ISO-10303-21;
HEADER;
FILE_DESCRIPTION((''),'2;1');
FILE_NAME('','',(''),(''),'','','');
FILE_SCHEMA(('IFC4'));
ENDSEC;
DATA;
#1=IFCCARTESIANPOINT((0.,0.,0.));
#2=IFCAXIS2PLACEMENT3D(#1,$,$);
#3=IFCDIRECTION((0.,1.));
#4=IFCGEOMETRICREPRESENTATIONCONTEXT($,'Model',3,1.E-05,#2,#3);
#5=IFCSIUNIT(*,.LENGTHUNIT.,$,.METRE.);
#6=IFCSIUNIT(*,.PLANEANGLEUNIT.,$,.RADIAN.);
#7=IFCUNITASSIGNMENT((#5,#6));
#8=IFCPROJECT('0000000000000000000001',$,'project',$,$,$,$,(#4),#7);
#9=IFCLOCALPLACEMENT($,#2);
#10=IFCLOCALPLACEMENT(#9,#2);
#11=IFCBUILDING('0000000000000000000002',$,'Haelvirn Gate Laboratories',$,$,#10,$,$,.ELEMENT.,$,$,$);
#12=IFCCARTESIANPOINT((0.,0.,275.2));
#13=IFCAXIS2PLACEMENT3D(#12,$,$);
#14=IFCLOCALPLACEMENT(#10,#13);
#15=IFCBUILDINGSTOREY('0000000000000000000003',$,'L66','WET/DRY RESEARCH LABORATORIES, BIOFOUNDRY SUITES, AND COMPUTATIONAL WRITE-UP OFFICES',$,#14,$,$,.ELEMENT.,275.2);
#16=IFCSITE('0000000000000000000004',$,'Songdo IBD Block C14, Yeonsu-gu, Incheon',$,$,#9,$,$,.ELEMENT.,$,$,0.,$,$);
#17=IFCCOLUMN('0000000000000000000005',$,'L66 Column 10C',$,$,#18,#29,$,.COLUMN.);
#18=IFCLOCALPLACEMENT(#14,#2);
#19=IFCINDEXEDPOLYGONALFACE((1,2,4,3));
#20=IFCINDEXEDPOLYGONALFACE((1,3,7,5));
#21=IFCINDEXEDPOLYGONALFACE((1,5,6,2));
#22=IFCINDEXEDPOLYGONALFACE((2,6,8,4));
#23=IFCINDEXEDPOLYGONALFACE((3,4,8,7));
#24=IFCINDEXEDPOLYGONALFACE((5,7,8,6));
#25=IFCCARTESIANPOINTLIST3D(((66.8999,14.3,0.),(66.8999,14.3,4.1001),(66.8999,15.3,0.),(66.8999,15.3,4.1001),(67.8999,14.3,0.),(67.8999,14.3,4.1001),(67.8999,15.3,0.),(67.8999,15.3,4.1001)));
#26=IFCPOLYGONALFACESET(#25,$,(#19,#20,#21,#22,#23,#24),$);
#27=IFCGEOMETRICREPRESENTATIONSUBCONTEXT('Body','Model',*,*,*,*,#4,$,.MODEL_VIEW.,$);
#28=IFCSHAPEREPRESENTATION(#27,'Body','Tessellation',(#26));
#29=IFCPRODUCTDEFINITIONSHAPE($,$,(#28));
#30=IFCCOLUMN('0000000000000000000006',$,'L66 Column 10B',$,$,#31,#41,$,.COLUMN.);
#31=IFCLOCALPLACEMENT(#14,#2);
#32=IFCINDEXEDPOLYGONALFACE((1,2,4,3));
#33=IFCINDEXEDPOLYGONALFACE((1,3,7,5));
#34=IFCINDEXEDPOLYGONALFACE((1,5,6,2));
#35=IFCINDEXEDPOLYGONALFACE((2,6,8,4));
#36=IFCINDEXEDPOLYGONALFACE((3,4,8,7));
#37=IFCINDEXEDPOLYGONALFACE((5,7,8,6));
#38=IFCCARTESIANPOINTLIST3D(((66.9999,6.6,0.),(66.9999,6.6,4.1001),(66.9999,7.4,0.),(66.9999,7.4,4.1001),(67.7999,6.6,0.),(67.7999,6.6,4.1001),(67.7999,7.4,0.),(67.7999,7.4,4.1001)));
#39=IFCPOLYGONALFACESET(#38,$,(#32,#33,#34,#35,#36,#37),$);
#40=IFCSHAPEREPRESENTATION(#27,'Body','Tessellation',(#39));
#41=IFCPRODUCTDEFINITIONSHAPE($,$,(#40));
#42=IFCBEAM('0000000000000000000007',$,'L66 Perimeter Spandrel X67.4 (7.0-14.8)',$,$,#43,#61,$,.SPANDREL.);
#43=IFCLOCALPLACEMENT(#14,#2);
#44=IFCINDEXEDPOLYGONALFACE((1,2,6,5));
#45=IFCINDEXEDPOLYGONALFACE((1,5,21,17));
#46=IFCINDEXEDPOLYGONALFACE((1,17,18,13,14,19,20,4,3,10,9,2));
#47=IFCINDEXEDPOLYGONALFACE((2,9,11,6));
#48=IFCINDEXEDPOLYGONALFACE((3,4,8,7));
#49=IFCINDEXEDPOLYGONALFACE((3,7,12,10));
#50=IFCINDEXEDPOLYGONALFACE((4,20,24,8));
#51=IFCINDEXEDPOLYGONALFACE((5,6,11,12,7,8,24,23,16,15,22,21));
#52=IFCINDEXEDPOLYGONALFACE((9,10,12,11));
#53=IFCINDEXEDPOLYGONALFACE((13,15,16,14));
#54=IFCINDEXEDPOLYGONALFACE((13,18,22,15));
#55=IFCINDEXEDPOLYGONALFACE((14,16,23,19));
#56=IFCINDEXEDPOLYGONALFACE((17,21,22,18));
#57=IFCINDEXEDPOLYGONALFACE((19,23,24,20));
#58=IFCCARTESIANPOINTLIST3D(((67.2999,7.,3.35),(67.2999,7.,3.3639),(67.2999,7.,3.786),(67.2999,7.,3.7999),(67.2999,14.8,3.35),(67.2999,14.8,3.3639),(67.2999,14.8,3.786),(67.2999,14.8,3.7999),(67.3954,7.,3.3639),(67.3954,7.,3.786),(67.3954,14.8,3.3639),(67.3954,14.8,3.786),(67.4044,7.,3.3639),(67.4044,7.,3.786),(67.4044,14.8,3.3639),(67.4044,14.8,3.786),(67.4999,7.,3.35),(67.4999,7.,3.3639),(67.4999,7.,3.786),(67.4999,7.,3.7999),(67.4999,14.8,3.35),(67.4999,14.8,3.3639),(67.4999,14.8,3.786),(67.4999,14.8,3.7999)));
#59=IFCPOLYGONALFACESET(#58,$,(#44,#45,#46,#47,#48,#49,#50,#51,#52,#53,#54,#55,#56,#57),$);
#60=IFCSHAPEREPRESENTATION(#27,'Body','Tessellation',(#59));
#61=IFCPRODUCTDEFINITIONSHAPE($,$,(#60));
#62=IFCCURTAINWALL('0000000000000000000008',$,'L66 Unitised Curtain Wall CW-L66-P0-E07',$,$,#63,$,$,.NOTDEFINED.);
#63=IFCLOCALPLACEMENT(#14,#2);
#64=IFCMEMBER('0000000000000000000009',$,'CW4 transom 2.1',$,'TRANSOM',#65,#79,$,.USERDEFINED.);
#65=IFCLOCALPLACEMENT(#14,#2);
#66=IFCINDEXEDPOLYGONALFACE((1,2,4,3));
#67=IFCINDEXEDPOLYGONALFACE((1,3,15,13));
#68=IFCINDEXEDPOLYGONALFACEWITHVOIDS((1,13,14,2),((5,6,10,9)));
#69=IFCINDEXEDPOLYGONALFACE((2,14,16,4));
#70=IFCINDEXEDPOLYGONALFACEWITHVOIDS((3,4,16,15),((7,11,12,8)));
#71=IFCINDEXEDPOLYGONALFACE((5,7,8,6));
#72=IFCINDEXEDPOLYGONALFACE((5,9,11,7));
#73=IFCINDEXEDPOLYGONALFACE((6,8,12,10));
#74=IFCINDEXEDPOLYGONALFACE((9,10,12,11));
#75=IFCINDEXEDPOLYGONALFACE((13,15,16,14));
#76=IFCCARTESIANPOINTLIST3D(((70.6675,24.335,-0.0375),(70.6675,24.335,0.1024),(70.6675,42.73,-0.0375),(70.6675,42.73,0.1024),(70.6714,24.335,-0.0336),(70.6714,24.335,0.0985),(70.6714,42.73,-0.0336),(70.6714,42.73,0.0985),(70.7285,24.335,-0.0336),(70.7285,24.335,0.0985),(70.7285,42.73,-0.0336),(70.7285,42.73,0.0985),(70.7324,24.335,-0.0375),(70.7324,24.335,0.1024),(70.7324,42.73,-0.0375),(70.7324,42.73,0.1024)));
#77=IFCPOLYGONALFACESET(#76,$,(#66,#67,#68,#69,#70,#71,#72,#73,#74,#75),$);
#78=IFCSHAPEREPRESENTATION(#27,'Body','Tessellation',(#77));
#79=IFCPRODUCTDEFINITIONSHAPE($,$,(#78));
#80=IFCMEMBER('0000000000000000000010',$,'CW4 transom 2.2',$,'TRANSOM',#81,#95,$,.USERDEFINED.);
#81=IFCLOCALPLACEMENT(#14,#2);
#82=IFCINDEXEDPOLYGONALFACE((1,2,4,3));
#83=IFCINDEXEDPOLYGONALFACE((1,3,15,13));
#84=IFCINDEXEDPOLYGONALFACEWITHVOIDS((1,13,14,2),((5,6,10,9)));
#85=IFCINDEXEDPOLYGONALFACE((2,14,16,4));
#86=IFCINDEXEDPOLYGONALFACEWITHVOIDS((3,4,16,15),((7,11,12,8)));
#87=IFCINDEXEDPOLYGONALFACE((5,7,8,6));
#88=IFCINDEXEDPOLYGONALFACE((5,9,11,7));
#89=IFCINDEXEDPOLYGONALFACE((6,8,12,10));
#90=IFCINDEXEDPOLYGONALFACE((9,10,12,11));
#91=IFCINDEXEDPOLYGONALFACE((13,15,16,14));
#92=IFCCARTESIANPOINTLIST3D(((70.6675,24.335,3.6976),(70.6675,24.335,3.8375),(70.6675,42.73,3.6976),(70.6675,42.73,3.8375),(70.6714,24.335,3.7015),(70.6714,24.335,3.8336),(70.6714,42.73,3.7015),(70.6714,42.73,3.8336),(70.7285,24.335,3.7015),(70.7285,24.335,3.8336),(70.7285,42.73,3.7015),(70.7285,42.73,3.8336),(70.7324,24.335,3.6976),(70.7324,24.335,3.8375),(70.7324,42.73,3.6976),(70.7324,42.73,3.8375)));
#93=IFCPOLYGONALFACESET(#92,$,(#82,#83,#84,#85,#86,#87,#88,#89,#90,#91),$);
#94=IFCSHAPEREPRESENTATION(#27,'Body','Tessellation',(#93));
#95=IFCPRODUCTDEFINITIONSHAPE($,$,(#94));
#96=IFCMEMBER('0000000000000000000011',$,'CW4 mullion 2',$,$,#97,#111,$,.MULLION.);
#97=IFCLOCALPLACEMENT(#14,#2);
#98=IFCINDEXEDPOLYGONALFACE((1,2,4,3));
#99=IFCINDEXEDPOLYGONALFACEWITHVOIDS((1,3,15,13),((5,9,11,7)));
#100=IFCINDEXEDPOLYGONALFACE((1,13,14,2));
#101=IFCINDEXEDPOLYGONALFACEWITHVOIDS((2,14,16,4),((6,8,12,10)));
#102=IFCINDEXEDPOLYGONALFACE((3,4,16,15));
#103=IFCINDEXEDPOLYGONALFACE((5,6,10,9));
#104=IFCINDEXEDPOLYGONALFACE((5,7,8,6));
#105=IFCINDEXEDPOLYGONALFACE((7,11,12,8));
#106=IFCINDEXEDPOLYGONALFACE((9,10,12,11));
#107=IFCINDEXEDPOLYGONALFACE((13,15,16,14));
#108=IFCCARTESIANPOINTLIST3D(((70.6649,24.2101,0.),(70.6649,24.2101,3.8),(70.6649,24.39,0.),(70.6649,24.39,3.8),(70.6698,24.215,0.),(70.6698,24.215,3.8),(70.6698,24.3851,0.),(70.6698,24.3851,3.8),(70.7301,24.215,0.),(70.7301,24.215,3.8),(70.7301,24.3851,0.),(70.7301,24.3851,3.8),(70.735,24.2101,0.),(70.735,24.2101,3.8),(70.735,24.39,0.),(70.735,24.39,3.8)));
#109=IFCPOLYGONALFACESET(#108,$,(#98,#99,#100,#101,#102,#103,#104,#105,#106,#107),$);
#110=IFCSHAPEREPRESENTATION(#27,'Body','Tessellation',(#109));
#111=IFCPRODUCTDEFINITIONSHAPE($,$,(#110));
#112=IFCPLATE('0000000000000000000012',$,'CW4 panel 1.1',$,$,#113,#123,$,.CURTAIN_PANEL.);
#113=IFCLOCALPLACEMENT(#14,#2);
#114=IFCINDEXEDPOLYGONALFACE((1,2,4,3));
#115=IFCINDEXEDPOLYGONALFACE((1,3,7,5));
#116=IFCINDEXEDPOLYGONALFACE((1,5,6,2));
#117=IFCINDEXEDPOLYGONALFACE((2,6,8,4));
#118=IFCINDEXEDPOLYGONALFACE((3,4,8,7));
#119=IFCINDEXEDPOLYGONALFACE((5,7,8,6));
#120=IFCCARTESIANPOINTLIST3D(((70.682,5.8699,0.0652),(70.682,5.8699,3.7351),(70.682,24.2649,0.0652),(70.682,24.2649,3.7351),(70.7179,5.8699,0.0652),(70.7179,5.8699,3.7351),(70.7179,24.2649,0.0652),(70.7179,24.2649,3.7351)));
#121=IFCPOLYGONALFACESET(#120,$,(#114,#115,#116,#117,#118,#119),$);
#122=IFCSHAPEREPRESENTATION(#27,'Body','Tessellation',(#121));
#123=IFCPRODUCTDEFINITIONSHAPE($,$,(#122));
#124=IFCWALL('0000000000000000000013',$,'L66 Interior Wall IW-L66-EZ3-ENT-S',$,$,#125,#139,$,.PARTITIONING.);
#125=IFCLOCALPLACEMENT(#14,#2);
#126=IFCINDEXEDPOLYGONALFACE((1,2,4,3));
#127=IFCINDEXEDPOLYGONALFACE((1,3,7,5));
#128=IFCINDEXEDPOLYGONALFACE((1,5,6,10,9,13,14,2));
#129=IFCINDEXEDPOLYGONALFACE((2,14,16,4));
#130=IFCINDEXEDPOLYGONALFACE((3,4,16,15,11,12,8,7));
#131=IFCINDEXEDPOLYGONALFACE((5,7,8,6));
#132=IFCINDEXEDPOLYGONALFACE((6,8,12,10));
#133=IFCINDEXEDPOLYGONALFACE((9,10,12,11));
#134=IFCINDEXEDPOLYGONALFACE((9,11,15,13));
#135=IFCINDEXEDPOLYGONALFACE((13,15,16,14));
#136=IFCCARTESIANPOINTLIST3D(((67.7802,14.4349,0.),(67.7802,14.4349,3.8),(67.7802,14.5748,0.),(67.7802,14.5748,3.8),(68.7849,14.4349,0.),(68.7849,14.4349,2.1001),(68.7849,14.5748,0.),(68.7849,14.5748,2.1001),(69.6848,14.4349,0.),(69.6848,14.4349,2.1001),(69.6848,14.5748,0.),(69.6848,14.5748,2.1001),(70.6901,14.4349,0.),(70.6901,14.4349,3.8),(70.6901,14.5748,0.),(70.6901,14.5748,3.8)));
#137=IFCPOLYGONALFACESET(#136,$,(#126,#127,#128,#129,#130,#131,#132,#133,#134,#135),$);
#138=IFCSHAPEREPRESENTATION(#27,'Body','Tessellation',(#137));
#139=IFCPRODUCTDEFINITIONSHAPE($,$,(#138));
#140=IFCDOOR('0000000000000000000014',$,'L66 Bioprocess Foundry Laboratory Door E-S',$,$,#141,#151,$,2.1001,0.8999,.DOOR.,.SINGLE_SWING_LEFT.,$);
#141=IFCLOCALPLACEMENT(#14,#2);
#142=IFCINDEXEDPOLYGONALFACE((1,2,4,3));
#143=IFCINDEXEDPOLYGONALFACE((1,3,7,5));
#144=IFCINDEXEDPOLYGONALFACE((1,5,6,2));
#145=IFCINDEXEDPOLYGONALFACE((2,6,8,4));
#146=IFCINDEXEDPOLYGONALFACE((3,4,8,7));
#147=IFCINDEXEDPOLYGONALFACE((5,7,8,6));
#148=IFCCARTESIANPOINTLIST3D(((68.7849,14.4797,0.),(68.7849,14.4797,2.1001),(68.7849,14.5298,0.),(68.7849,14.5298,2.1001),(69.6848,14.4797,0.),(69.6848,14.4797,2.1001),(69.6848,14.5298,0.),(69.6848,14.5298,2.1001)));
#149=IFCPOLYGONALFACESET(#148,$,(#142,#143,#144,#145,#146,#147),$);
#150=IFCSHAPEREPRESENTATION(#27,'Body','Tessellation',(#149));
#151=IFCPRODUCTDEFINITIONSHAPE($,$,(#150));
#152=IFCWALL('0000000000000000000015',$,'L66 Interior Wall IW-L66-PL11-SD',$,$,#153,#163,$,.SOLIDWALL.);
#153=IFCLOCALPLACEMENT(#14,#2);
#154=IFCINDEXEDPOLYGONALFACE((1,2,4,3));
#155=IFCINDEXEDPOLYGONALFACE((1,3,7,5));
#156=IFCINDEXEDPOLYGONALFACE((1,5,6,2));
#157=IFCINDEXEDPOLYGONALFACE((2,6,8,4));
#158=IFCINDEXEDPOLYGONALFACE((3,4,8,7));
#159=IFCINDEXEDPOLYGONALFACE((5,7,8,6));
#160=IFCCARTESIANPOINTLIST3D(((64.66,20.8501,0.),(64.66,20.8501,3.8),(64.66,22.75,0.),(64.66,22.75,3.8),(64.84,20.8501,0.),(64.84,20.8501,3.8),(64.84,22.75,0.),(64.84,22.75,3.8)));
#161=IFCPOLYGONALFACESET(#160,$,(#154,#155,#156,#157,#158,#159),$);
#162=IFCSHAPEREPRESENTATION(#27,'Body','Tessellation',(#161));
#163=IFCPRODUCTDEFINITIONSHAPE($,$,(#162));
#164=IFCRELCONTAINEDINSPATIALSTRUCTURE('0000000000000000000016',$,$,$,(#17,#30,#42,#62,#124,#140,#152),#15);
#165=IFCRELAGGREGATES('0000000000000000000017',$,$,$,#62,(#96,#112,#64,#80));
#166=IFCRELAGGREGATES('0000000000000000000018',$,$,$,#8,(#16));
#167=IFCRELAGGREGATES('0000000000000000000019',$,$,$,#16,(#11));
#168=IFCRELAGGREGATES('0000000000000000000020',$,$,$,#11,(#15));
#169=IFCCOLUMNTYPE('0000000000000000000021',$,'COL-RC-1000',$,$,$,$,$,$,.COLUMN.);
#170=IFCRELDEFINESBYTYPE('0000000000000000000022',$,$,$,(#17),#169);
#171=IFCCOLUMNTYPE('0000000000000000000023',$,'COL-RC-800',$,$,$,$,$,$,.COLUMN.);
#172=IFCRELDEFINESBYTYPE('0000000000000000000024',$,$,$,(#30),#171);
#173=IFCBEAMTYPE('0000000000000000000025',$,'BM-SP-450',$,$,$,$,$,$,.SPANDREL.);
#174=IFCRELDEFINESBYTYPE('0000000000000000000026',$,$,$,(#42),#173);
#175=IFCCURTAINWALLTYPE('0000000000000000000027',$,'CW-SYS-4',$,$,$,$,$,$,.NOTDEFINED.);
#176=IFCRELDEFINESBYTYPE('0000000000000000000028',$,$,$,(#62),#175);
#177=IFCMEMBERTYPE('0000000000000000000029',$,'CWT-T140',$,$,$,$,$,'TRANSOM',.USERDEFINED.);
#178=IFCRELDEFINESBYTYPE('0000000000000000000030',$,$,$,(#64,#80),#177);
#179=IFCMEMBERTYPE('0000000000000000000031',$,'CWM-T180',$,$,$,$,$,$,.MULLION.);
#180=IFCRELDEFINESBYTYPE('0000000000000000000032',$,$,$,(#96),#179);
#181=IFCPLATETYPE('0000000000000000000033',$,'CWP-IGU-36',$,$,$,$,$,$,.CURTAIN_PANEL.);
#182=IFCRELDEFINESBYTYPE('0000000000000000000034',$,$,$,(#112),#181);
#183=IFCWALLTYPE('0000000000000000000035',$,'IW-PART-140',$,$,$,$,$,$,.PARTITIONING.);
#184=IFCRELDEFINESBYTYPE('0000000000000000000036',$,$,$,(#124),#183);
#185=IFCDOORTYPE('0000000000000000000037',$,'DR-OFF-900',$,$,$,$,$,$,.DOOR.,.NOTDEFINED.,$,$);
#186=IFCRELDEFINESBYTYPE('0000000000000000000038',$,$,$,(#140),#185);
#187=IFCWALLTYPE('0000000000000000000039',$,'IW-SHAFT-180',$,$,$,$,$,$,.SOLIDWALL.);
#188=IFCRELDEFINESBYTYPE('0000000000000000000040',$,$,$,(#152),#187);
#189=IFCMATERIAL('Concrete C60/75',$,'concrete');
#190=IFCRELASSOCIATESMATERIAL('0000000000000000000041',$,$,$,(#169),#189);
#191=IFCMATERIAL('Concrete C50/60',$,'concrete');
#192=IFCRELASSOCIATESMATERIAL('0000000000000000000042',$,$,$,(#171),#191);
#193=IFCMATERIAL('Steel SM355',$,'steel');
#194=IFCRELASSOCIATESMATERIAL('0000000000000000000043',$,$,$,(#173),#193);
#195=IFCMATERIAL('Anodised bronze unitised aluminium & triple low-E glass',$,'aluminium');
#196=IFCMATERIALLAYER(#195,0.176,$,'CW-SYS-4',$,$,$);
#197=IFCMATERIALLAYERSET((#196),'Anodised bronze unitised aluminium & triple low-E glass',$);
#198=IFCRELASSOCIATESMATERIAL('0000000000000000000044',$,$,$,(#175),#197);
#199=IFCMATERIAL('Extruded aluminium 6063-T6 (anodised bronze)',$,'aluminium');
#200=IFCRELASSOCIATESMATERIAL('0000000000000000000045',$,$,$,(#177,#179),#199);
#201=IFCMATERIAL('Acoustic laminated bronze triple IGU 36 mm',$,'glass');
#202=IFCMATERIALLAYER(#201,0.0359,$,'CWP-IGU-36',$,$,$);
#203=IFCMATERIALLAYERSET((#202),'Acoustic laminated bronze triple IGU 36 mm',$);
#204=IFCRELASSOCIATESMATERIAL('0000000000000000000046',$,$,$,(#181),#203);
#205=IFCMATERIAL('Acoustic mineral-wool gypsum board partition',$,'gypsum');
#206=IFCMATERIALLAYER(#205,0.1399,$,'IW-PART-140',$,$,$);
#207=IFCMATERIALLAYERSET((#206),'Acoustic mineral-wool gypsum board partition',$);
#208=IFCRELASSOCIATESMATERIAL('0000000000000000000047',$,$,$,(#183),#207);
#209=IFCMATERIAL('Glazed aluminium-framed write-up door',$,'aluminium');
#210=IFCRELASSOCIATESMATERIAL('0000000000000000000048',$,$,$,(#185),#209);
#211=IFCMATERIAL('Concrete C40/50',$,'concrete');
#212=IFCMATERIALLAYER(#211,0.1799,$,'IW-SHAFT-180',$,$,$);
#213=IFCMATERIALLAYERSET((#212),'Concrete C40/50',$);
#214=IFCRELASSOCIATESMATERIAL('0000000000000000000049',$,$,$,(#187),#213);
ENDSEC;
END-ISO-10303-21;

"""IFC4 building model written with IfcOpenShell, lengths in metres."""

from ifc_helpers import new_model, si_unit, direction, frame, frame_2d, origin, origin_2d, place, context, subcontext, project, spatial, rectangle, hollow_rectangle, i_section, extrude, source, transform, mapped, material, layer, layer_set, material_profile, profile_set, type_object, type_shapes, element, fill, aggregate, save


model = new_model("IFC4")

# Units and contexts
model_context = context("Model", 3, precision=1e-05, world=origin(), true_north=direction((0.0, 1.0)))
body_context = subcontext(model_context, "Body", "Model", "MODEL_VIEW")
ifc_project = project(units=[si_unit("LENGTHUNIT", "METRE"), si_unit("PLANEANGLEUNIT", "RADIAN")], contexts=[model_context])

# Site, building, storey
site_placement = place(None, origin())
site = spatial("IfcSite", under=ifc_project, at=site_placement, Name="Songdo IBD Block C14, Yeonsu-gu, Incheon", CompositionType="ELEMENT", RefElevation=0.0)
building_placement = place(site_placement, origin())
building = spatial("IfcBuilding", under=site, at=building_placement, Name="Haelvirn Gate Laboratories", CompositionType="ELEMENT")
storey_placement = place(building_placement, frame((0.0, 0.0, 275.2)))
storey = spatial("IfcBuildingStorey", under=building, at=storey_placement, Name="L66", Description="WET/DRY RESEARCH LABORATORIES, BIOFOUNDRY SUITES, AND COMPUTATIONAL WRITE-UP OFFICES", CompositionType="ELEMENT", Elevation=275.2)

# Columns
ifc_material_1 = material(Name="Concrete C60/75", Category="concrete")
ifc_material_profile_1 = material_profile(ifc_material_1, rectangle(XDim=1.0, YDim=1.0, at=origin_2d()), Name="RC-1000x1000")
ifc_profile_set_1 = profile_set([ifc_material_profile_1], Name="Concrete C60/75")
column_type_1 = type_object("IfcColumnType", Name="COL-RC-1000", PredefinedType="COLUMN", material=ifc_profile_set_1)
shared_shape_1 = source(origin(), body_context, "Body", "SweptSolid", [
    extrude(rectangle(XDim=1.0, YDim=1.0, at=origin_2d()), origin(), (0.0, 0.0, 1.0), 4.1001),
])
type_shapes(column_type_1, [shared_shape_1])
column_1_placement = place(storey_placement, frame((67.3999, 14.8, 0.0), z_axis=(0.0, 0.0, 1.0), x_axis=(1.0, 0.0, 0.0)))
element("IfcColumn", 1, at=column_1_placement, inside=storey, type_object=column_type_1, Name="L66 Column 10C", PredefinedType="COLUMN", context=body_context, shape_type="MappedRepresentation", body=[
    mapped(shared_shape_1, transform((0.0, 0.0, 0.0), scale=1.0)),
])
ifc_material_2 = material(Name="Concrete C50/60", Category="concrete")
ifc_material_profile_2 = material_profile(ifc_material_2, rectangle(XDim=0.8, YDim=0.8, at=origin_2d()), Name="RC-800x800")
ifc_profile_set_2 = profile_set([ifc_material_profile_2], Name="Concrete C50/60")
column_type_2 = type_object("IfcColumnType", Name="COL-RC-800", PredefinedType="COLUMN", material=ifc_profile_set_2)
shared_shape_2 = source(origin(), body_context, "Body", "SweptSolid", [
    extrude(rectangle(XDim=0.8, YDim=0.8, at=origin_2d()), origin(), (0.0, 0.0, 1.0), 4.1001),
])
type_shapes(column_type_2, [shared_shape_2])
column_2_placement = place(storey_placement, frame((67.3999, 7.0, 0.0), z_axis=(0.0, 0.0, 1.0), x_axis=(1.0, 0.0, 0.0)))
element("IfcColumn", 2, at=column_2_placement, inside=storey, type_object=column_type_2, Name="L66 Column 10B", PredefinedType="COLUMN", context=body_context, shape_type="MappedRepresentation", body=[
    mapped(shared_shape_2, transform((0.0, 0.0, 0.0), scale=1.0)),
])

# Beam
ifc_material_3 = material(Name="Steel SM355", Category="steel")
ifc_material_profile_3 = material_profile(ifc_material_3, i_section(OverallWidth=0.2, OverallDepth=0.45, WebThickness=0.009, FlangeThickness=0.0139, at=origin_2d()), Name="H-450x200x9x14")
ifc_profile_set_3 = profile_set([ifc_material_profile_3], Name="Steel SM355")
beam_type = type_object("IfcBeamType", Name="BM-SP-450", PredefinedType="SPANDREL", material=ifc_profile_set_3)
shared_shape_3 = source(origin(), body_context, "Body", "SweptSolid", [
    extrude(i_section(OverallWidth=0.2, OverallDepth=0.45, WebThickness=0.009, FlangeThickness=0.0139, at=origin_2d()), origin(), (0.0, 0.0, 1.0), 7.8),
])
type_shapes(beam_type, [shared_shape_3])
beam_placement = place(storey_placement, frame((67.3999, 7.0, 3.575), z_axis=(0.0, 1.0, 0.0), x_axis=(-1.0, 0.0, 0.0)))
element("IfcBeam", 3, at=beam_placement, inside=storey, type_object=beam_type, Name="L66 Perimeter Spandrel X67.4 (7.0-14.8)", PredefinedType="SPANDREL", context=body_context, shape_type="MappedRepresentation", body=[
    mapped(shared_shape_3, transform((0.0, 0.0, 0.0), scale=1.0)),
])

# Curtain wall, members, plate
ifc_material_4 = material(Name="Anodised bronze unitised aluminium & triple low-E glass", Category="aluminium")
ifc_layer_1 = layer(ifc_material_4, 0.176, Name="CW-SYS-4")
ifc_layer_set_1 = layer_set([ifc_layer_1], Name="Anodised bronze unitised aluminium & triple low-E glass")
curtain_wall_type = type_object("IfcCurtainWallType", Name="CW-SYS-4", PredefinedType="NOTDEFINED", material=ifc_layer_set_1)
curtain_wall_placement = place(storey_placement, origin())
curtain_wall = element("IfcCurtainWall", 4, at=curtain_wall_placement, inside=storey, type_object=curtain_wall_type, Name="L66 Unitised Curtain Wall CW-L66-P0-E07", PredefinedType="NOTDEFINED")
ifc_material_5 = material(Name="Extruded aluminium 6063-T6 (anodised bronze)", Category="aluminium")
ifc_material_profile_4 = material_profile(ifc_material_5, hollow_rectangle(XDim=0.0649, YDim=0.1399, WallThickness=0.0039, at=origin_2d()), Name="CWT-140x65x4")
ifc_profile_set_4 = profile_set([ifc_material_profile_4], Name="Extruded aluminium 6063-T6 (anodised bronze)")
member_type_1 = type_object("IfcMemberType", Name="CWT-T140", ElementType="TRANSOM", PredefinedType="USERDEFINED", material=ifc_profile_set_4)
shared_shape_4 = source(origin(), body_context, "Body", "SweptSolid", [
    extrude(hollow_rectangle(XDim=0.0649, YDim=0.1399, WallThickness=0.0039, at=origin_2d()), origin(), (0.0, 0.0, 1.0), 18.395),
])
type_shapes(member_type_1, [shared_shape_4])
member_1_placement = place(storey_placement, frame((70.7, 24.335, 0.0325), z_axis=(0.0, 1.0, 0.0), x_axis=(-1.0, 0.0, 0.0)))
member_1 = element("IfcMember", 5, at=member_1_placement, type_object=member_type_1, Name="CW4 transom 2.1", ObjectType="TRANSOM", PredefinedType="USERDEFINED", context=body_context, shape_type="MappedRepresentation", body=[
    mapped(shared_shape_4, transform((0.0, 0.0, 0.0), scale=1.0)),
])
member_2_placement = place(storey_placement, frame((70.7, 24.335, 3.7676), z_axis=(0.0, 1.0, 0.0), x_axis=(-1.0, 0.0, 0.0)))
member_2 = element("IfcMember", 6, at=member_2_placement, type_object=member_type_1, Name="CW4 transom 2.2", ObjectType="TRANSOM", PredefinedType="USERDEFINED", context=body_context, shape_type="MappedRepresentation", body=[
    mapped(shared_shape_4, transform((0.0, 0.0, 0.0), scale=1.0)),
])
ifc_material_profile_5 = material_profile(ifc_material_5, hollow_rectangle(XDim=0.0701, YDim=0.1799, WallThickness=0.0049, at=origin_2d()), Name="CWM-180x70x5")
ifc_profile_set_5 = profile_set([ifc_material_profile_5], Name="Extruded aluminium 6063-T6 (anodised bronze)")
member_type_2 = type_object("IfcMemberType", Name="CWM-T180", PredefinedType="MULLION", material=ifc_profile_set_5)
shared_shape_5 = source(origin(), body_context, "Body", "SweptSolid", [
    extrude(hollow_rectangle(XDim=0.0701, YDim=0.1799, WallThickness=0.0049, at=origin_2d()), origin(), (0.0, 0.0, 1.0), 3.8),
])
type_shapes(member_type_2, [shared_shape_5])
member_3_placement = place(storey_placement, frame((70.7, 24.3, 0.0), z_axis=(0.0, 0.0, 1.0), x_axis=(-1.0, 0.0, 0.0)))
member_3 = element("IfcMember", 7, at=member_3_placement, type_object=member_type_2, Name="CW4 mullion 2", PredefinedType="MULLION", context=body_context, shape_type="MappedRepresentation", body=[
    mapped(shared_shape_5, transform((0.0, 0.0, 0.0), scale=1.0)),
])
ifc_material_6 = material(Name="Acoustic laminated bronze triple IGU 36 mm", Category="glass")
ifc_layer_2 = layer(ifc_material_6, 0.0359, Name="CWP-IGU-36")
ifc_layer_set_2 = layer_set([ifc_layer_2], Name="Acoustic laminated bronze triple IGU 36 mm")
plate_type = type_object("IfcPlateType", Name="CWP-IGU-36", PredefinedType="CURTAIN_PANEL", material=ifc_layer_set_2)
shared_shape_6 = source(origin(), body_context, "Body", "SweptSolid", [
    extrude(rectangle(XDim=18.395, YDim=0.0359, at=origin_2d()), origin(), (0.0, 0.0, 1.0), 3.6699),
])
type_shapes(plate_type, [shared_shape_6])
plate_placement = place(storey_placement, frame((70.7, 15.0674, 0.0652), z_axis=(0.0, 0.0, 1.0), x_axis=(0.0, 1.0, 0.0)))
plate = element("IfcPlate", 8, at=plate_placement, type_object=plate_type, Name="CW4 panel 1.1", PredefinedType="CURTAIN_PANEL", context=body_context, shape_type="MappedRepresentation", body=[
    mapped(shared_shape_6, transform((0.0, 0.0, 0.0), scale=1.0)),
])
aggregate(curtain_wall, [member_3, plate, member_1, member_2])

# Wall, opening, door
ifc_material_7 = material(Name="Acoustic mineral-wool gypsum board partition", Category="gypsum")
ifc_layer_3 = layer(ifc_material_7, 0.1399, Name="IW-PART-140")
ifc_layer_set_3 = layer_set([ifc_layer_3], Name="Acoustic mineral-wool gypsum board partition")
wall_type_1 = type_object("IfcWallType", Name="IW-PART-140", PredefinedType="PARTITIONING", material=ifc_layer_set_3)
wall_1_placement = place(storey_placement, frame((67.78, 14.5049, 0.0), z_axis=(0.0, 0.0, 1.0), x_axis=(1.0, 0.0, 0.0)))
wall_1 = element("IfcWall", 9, at=wall_1_placement, inside=storey, type_object=wall_type_1, Name="L66 Interior Wall IW-L66-EZ3-ENT-S", PredefinedType="PARTITIONING", context=body_context, shape_type="SweptSolid", body=[
    extrude(rectangle(XDim=2.9099, YDim=0.1399, at=frame_2d((1.4551, 0.0))), origin(), (0.0, 0.0, 1.0), 3.8),
])
opening_1_placement = place(wall_1_placement, frame((1.0049, 0.0, 0.0)))
opening_1 = element("IfcOpeningElement", 10, at=opening_1_placement, cuts=wall_1, PredefinedType="OPENING", context=body_context, shape_type="SweptSolid", body=[
    extrude(rectangle(XDim=0.8999, YDim=2.1001, at=frame_2d((0.45, 1.05))), frame((0.0, 0.0801, 0.0), z_axis=(0.0, -1.0, 0.0), x_axis=(1.0, 0.0, 0.0)), (0.0, 0.0, 1.0), 0.1599),
])
ifc_material_8 = material(Name="Glazed aluminium-framed write-up door", Category="aluminium")
door_type_1 = type_object("IfcDoorType", Name="DR-OFF-900", OperationType="NOTDEFINED", PredefinedType="DOOR", material=ifc_material_8)
shared_shape_7 = source(origin(), body_context, "Body", "SweptSolid", [
    extrude(rectangle(XDim=0.8999, YDim=2.1001, at=frame_2d((0.45, 1.05))), frame((0.0, 0.0249, 0.0), z_axis=(0.0, -1.0, 0.0), x_axis=(1.0, 0.0, 0.0)), (0.0, 0.0, 1.0), 0.05),
])
type_shapes(door_type_1, [shared_shape_7])
door_1_placement = place(opening_1_placement, origin())
door_1 = element("IfcDoor", 11, at=door_1_placement, inside=storey, type_object=door_type_1, Name="L66 Bioprocess Foundry Laboratory Door E-S", OperationType="SINGLE_SWING_LEFT", OverallHeight=2.1001, OverallWidth=0.8999, PredefinedType="DOOR", context=body_context, shape_type="MappedRepresentation", body=[
    mapped(shared_shape_7, transform((0.0, 0.0, 0.0), scale=1.0)),
])
fill(opening_1, door_1)

# Wall
ifc_material_9 = material(Name="Concrete C40/50", Category="concrete")
ifc_layer_4 = layer(ifc_material_9, 0.1799, Name="IW-SHAFT-180")
ifc_layer_set_4 = layer_set([ifc_layer_4], Name="Concrete C40/50")
wall_type_2 = type_object("IfcWallType", Name="IW-SHAFT-180", PredefinedType="SOLIDWALL", material=ifc_layer_set_4)
for number, where, z_axis, x_axis, name in (
    (12, (64.75, 20.8501, 0.0), (0.0, 0.0, 1.0), (0.0, 1.0, 0.0), "L66 Interior Wall IW-L66-PL11-SD"),
):
    element("IfcWall", number, at=place(storey_placement, frame(where, z_axis=z_axis, x_axis=x_axis)), inside=storey, type_object=wall_type_2, Name=name, PredefinedType="SOLIDWALL", context=body_context, shape_type="SweptSolid", body=[
        extrude(rectangle(XDim=1.8999, YDim=0.1799, at=frame_2d((0.95, 0.0))), origin(), (0.0, 0.0, 1.0), 3.8),
    ])

save(model, "model.ifc")
